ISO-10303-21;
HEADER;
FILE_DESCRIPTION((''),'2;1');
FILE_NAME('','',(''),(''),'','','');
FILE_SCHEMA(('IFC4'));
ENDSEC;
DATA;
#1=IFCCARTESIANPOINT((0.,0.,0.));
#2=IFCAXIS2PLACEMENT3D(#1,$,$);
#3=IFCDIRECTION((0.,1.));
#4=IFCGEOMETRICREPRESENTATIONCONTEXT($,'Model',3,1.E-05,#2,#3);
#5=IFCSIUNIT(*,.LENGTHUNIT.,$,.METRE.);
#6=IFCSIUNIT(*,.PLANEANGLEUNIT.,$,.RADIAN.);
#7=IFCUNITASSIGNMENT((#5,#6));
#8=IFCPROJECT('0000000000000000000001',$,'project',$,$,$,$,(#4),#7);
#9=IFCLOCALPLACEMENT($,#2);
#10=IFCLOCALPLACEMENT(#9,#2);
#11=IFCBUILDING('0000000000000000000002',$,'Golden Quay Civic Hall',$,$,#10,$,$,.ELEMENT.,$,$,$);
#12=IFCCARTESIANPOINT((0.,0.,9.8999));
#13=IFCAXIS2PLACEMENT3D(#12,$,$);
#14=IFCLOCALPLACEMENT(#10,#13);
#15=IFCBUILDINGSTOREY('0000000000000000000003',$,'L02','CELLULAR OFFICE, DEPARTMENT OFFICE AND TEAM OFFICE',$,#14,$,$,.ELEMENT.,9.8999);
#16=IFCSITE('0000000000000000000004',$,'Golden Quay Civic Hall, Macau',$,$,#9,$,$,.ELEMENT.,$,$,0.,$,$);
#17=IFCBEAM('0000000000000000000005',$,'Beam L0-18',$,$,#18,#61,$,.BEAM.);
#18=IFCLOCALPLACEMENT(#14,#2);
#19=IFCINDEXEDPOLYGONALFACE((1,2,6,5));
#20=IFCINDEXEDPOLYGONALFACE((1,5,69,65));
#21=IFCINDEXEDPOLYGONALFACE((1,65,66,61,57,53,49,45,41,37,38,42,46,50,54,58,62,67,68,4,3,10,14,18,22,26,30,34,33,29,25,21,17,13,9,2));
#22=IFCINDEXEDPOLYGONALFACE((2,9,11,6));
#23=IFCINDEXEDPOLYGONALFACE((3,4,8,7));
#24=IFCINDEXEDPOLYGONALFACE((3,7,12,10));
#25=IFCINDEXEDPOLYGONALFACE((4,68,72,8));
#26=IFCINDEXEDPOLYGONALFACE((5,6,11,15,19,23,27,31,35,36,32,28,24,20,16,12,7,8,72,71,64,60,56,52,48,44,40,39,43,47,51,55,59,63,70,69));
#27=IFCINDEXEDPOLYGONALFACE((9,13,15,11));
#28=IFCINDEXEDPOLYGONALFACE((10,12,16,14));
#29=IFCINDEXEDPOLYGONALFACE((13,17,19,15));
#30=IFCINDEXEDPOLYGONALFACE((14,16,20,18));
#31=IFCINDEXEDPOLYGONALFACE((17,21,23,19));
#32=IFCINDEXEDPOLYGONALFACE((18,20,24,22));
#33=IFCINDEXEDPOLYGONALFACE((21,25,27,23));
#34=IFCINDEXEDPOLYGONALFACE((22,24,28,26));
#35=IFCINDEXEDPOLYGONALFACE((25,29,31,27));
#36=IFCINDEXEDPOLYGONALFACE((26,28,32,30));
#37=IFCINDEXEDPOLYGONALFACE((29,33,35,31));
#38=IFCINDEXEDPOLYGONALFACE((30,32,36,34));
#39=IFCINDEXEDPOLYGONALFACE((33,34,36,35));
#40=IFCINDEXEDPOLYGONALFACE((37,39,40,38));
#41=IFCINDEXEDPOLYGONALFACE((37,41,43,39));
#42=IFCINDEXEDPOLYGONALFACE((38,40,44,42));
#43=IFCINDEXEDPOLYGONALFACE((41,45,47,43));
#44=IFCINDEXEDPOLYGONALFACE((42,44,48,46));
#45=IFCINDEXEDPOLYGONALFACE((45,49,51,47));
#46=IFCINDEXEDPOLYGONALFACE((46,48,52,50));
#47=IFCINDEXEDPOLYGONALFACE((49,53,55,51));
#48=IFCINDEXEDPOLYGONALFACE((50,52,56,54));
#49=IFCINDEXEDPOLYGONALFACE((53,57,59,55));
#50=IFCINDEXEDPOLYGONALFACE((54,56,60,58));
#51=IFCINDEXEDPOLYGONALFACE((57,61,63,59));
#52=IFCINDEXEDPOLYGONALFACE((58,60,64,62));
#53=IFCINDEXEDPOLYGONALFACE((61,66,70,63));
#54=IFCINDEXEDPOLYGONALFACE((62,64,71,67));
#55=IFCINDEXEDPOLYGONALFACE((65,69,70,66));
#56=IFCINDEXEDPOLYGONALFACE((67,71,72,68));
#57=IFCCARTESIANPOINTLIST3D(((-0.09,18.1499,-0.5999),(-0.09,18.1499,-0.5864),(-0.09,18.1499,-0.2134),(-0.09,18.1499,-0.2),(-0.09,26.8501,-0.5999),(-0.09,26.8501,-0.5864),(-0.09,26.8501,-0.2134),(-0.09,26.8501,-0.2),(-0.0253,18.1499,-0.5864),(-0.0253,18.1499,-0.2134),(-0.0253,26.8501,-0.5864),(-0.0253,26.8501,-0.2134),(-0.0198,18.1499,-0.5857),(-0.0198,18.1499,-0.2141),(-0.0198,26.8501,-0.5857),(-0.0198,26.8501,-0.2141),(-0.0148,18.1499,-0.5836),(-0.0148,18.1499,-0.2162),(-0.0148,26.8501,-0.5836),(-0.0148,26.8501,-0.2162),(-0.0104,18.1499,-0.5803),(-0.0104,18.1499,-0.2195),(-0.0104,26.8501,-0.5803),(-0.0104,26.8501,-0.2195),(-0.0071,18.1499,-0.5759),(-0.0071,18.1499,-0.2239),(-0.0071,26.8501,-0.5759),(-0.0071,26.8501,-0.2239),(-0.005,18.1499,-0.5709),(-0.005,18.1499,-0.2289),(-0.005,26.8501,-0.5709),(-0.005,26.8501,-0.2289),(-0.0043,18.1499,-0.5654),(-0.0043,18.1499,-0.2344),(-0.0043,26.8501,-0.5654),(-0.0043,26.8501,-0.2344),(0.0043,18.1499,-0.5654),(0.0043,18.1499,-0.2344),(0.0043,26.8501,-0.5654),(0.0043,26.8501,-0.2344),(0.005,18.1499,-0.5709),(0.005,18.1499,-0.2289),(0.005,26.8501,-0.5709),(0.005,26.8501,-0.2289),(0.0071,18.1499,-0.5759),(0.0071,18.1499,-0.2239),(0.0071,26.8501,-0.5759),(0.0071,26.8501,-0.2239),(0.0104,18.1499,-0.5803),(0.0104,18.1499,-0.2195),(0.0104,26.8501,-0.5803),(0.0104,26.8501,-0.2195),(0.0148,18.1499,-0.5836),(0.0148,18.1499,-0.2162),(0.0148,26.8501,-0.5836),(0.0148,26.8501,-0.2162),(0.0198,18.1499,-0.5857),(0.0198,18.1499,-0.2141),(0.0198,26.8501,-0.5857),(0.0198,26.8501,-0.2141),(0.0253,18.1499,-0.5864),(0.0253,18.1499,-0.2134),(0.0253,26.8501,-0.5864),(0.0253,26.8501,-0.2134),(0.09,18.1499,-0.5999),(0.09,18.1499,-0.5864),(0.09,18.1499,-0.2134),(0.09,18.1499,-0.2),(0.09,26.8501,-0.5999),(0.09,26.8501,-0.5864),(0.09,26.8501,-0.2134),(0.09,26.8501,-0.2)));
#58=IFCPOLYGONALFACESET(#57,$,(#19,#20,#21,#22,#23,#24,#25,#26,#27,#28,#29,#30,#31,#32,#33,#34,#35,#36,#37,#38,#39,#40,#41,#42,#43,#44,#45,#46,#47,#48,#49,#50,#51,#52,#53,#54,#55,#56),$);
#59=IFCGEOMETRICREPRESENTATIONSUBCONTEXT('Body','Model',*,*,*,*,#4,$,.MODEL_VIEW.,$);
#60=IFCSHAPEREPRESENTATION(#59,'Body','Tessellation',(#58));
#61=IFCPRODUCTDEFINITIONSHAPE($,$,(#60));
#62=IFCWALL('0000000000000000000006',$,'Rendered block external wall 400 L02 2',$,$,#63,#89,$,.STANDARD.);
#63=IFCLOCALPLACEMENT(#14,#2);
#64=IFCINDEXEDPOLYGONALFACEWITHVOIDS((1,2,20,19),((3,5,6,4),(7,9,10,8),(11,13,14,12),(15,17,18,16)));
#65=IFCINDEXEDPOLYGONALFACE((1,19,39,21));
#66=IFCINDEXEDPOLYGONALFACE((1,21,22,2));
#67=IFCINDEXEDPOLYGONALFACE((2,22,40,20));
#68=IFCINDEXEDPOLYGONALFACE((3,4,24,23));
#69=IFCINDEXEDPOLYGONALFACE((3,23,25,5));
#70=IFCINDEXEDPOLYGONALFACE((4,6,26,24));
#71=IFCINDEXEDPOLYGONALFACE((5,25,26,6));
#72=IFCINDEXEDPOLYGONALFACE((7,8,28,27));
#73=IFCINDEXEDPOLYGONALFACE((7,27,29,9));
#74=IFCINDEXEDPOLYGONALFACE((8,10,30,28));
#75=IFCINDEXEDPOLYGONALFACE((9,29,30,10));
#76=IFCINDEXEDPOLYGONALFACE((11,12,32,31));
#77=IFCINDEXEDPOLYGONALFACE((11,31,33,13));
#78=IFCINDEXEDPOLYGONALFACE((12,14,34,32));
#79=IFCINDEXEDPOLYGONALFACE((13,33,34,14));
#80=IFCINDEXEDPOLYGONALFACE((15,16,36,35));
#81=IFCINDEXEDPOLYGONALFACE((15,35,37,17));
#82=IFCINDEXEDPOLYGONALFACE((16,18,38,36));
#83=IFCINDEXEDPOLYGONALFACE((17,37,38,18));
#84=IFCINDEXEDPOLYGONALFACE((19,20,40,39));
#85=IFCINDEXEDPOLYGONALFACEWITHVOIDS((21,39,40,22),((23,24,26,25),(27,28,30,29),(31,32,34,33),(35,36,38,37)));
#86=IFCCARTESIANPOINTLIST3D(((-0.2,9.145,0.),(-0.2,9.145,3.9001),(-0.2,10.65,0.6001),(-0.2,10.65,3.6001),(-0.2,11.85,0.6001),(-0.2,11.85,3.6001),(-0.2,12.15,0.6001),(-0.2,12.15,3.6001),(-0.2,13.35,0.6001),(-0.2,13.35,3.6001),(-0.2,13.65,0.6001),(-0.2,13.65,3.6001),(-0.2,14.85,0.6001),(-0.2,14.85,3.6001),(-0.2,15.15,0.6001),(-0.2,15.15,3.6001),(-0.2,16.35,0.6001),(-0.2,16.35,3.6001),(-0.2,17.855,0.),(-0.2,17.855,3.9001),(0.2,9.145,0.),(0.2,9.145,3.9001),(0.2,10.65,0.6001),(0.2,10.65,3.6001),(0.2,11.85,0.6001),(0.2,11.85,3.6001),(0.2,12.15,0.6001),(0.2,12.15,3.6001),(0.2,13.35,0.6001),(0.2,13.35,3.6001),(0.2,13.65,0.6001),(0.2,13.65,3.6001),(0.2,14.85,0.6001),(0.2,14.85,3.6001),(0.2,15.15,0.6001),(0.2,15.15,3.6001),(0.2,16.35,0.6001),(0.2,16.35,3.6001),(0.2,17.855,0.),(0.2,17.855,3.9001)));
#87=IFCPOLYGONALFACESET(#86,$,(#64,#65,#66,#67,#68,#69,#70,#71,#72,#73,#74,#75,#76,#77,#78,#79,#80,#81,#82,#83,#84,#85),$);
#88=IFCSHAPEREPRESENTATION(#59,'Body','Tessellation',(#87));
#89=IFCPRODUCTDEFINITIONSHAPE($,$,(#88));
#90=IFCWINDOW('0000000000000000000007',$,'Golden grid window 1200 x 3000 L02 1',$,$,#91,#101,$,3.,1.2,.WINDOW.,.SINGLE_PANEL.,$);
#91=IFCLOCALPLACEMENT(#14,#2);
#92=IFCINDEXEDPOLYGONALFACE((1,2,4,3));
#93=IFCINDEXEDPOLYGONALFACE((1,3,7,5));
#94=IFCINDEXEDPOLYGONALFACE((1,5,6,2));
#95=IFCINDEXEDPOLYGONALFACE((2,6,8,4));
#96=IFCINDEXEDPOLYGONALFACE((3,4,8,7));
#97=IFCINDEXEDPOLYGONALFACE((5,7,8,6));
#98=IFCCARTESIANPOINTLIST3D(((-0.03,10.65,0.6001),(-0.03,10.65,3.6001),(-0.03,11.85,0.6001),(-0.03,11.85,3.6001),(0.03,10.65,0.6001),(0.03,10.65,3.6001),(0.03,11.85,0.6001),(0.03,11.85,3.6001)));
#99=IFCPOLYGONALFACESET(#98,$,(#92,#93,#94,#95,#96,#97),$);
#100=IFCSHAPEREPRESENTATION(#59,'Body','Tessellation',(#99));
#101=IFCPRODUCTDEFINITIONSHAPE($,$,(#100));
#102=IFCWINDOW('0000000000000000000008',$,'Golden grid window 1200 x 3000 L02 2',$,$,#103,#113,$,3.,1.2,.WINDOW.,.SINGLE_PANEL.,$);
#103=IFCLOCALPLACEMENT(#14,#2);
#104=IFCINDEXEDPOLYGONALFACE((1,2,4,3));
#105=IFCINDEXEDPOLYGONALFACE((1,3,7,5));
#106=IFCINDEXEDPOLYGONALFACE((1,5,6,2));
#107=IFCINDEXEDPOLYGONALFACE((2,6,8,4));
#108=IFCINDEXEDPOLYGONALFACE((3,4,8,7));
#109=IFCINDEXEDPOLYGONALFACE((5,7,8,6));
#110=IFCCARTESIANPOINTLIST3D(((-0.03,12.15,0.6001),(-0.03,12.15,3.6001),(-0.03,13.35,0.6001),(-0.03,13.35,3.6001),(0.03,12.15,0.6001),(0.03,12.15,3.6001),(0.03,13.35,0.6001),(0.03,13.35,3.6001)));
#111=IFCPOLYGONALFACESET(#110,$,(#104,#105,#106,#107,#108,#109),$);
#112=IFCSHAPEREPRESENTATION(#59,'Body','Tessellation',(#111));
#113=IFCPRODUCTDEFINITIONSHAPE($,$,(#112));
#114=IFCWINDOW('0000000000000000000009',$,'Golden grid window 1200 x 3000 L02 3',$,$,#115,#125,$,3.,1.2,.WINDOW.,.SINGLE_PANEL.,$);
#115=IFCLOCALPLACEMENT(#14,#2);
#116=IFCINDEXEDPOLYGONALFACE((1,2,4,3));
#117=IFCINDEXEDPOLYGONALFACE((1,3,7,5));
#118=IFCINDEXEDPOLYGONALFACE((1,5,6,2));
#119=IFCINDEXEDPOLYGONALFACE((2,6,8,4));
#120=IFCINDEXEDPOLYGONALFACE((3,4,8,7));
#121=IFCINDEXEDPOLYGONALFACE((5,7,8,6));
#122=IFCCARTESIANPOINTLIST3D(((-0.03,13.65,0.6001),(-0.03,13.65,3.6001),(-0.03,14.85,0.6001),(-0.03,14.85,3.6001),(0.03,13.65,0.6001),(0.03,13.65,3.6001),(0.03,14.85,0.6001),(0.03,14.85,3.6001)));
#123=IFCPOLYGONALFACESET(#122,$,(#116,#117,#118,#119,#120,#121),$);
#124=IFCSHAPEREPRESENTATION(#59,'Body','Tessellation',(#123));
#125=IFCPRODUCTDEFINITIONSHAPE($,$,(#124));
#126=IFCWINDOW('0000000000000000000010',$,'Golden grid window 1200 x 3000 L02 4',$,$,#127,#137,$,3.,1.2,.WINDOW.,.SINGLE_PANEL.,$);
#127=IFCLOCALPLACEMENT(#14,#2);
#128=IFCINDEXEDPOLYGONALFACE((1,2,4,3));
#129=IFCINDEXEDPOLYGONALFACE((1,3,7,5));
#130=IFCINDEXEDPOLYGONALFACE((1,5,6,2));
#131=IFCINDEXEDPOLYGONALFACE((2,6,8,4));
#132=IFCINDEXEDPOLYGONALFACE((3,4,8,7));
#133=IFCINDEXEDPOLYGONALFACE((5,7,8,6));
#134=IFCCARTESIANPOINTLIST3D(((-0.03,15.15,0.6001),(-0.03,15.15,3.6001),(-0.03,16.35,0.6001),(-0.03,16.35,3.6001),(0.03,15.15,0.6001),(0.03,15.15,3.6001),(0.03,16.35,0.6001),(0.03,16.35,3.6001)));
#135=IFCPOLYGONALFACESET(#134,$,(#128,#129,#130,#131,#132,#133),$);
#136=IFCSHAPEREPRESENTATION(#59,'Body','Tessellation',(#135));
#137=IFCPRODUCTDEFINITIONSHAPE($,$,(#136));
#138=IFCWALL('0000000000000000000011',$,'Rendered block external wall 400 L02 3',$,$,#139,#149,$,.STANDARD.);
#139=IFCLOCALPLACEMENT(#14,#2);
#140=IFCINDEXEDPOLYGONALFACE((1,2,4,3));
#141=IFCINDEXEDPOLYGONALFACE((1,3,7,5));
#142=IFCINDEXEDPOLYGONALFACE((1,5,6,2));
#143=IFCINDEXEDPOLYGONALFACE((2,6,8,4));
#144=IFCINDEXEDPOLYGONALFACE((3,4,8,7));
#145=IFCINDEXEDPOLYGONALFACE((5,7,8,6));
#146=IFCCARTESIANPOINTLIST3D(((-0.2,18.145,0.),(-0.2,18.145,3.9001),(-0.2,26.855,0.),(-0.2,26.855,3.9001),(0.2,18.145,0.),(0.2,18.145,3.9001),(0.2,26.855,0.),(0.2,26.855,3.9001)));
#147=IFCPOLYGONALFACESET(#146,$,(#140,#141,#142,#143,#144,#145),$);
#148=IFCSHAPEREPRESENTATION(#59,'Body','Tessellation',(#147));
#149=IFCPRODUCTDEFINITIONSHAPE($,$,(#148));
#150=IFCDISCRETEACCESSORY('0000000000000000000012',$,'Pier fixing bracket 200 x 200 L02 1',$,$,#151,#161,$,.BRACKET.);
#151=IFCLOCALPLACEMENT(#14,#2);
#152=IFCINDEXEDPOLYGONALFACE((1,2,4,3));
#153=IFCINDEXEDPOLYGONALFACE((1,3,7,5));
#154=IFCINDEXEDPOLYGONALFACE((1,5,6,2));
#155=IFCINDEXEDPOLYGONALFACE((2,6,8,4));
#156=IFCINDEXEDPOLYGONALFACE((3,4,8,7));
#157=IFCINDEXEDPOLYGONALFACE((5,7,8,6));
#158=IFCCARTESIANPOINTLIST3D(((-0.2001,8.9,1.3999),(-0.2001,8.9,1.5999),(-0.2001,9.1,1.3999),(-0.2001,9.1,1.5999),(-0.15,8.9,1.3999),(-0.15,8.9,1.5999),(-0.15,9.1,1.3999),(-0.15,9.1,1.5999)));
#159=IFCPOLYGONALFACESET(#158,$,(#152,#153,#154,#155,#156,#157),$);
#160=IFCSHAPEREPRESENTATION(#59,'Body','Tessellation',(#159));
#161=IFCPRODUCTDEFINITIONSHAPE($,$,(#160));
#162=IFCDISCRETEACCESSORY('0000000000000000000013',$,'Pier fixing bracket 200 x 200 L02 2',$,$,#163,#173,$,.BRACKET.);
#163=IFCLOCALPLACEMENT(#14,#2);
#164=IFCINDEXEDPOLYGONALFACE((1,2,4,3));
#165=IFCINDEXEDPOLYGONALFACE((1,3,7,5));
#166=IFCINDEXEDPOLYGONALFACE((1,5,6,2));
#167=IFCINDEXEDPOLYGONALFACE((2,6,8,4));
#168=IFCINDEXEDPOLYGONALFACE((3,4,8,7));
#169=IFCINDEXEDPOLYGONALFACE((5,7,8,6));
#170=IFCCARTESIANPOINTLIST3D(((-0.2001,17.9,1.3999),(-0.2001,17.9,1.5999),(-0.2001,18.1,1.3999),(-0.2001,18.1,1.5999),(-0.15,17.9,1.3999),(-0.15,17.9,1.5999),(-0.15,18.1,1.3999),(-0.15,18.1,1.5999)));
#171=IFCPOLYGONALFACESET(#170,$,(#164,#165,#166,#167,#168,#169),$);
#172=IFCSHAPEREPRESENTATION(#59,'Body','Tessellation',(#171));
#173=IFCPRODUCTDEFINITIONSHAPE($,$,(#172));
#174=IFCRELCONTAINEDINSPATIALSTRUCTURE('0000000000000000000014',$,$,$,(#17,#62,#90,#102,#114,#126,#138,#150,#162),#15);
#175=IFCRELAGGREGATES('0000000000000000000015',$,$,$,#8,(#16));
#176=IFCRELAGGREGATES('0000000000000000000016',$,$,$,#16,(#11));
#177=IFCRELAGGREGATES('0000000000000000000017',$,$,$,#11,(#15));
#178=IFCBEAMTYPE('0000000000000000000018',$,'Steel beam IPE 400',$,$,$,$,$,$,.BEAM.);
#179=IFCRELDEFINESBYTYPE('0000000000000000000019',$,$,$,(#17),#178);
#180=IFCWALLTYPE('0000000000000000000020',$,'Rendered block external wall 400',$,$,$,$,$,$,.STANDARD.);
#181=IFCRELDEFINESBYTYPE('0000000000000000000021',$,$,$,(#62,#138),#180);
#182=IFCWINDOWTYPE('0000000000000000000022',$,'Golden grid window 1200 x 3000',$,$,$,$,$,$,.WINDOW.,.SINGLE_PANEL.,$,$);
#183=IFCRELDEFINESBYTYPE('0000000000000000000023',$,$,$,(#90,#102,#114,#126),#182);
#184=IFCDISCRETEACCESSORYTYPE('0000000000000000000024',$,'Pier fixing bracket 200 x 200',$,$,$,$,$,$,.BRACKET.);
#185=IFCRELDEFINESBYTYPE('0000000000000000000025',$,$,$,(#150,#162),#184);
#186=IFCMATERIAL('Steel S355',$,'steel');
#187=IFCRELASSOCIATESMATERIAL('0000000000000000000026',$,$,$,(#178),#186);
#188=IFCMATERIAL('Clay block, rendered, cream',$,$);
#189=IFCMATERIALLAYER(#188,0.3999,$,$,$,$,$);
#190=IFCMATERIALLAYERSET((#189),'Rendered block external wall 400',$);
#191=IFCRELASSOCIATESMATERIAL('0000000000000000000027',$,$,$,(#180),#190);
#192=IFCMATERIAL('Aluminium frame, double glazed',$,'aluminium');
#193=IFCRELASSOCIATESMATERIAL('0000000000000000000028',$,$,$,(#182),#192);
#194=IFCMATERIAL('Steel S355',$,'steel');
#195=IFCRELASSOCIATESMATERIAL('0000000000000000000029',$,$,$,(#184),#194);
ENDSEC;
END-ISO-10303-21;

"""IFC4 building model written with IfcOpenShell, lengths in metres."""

from ifc_helpers import new_model, si_unit, direction, frame, frame_2d, origin, origin_2d, place, context, subcontext, project, spatial, rectangle, i_section, extrude, material, layer, layer_set, material_profile, profile_set, type_object, element, fill, save


model = new_model("IFC4")

# Units and contexts
model_context = context("Model", 3, precision=1e-05, world=origin(), true_north=direction((0.0, 1.0)))
body_context = subcontext(model_context, "Body", "Model", "MODEL_VIEW")
ifc_project = project(units=[si_unit("LENGTHUNIT", "METRE"), si_unit("PLANEANGLEUNIT", "RADIAN")], contexts=[model_context])

# Site, building, storey
site_placement = place(None, origin())
site = spatial("IfcSite", under=ifc_project, at=site_placement, Name="Golden Quay Civic Hall, Macau", CompositionType="ELEMENT", RefElevation=0.0)
building_placement = place(site_placement, origin())
building = spatial("IfcBuilding", under=site, at=building_placement, Name="Golden Quay Civic Hall", CompositionType="ELEMENT")
storey_placement = place(building_placement, frame((0.0, 0.0, 9.8999)))
storey = spatial("IfcBuildingStorey", under=building, at=storey_placement, Name="L02", Description="CELLULAR OFFICE, DEPARTMENT OFFICE AND TEAM OFFICE", CompositionType="ELEMENT", Elevation=9.8999)

# Beam
ifc_material_1 = material(Name="Steel S355", Category="steel")
ifc_material_profile_1 = material_profile(ifc_material_1, i_section(OverallWidth=0.1799, OverallDepth=0.3999, WebThickness=0.0085, FlangeThickness=0.0134, FilletRadius=0.021, at=origin_2d()), Name="IPE 400")
ifc_profile_set_1 = profile_set([ifc_material_profile_1], Name="Steel S355")
beam_type_1 = type_object("IfcBeamType", Name="Steel beam IPE 400", PredefinedType="BEAM", material=ifc_profile_set_1)
for number, where, z_axis, x_axis, name in (
    (1, (0.0, 18.1499, -0.3999), (0.0, 1.0, 0.0), (-1.0, 0.0, 0.0), "Beam L0-18"),
):
    element("IfcBeam", number, at=place(storey_placement, frame(where, z_axis=z_axis, x_axis=x_axis)), inside=storey, type_object=beam_type_1, Name=name, PredefinedType="BEAM", context=body_context, shape_type="SweptSolid", body=[
        extrude(i_section(OverallWidth=0.1799, OverallDepth=0.3999, WebThickness=0.0085, FlangeThickness=0.0134, FilletRadius=0.021, at=origin_2d()), origin(), (0.0, 0.0, 1.0), 8.7002),
    ])

# Wall, openings, windows
ifc_material_2 = material(Name="Clay block, rendered, cream")
ifc_layer = layer(ifc_material_2, 0.3999)
ifc_layer_set = layer_set([ifc_layer], Name="Rendered block external wall 400")
wall_type = type_object("IfcWallType", Name="Rendered block external wall 400", PredefinedType="STANDARD", material=ifc_layer_set)
wall_1_placement = place(storey_placement, frame((0.0, 9.145, 0.0), z_axis=(0.0, 0.0, 1.0), x_axis=(0.0, 1.0, 0.0)))
wall_1 = element("IfcWall", 2, at=wall_1_placement, inside=storey, type_object=wall_type, Name="Rendered block external wall 400 L02 2", PredefinedType="STANDARD", context=body_context, shape_type="SweptSolid", body=[
    extrude(rectangle(XDim=8.71, YDim=0.3999, at=frame_2d((4.355, 0.0))), origin(), (0.0, 0.0, 1.0), 3.9001),
])
opening_1_placement = place(wall_1_placement, frame((1.5049, 0.0, 0.6001)))
opening_1 = element("IfcOpeningElement", 3, at=opening_1_placement, cuts=wall_1, PredefinedType="OPENING", context=body_context, shape_type="SweptSolid", body=[
    extrude(rectangle(XDim=1.2, YDim=3.0, at=frame_2d((0.6001, 1.5))), frame((0.0, 0.21, 0.0), z_axis=(0.0, -1.0, 0.0), x_axis=(1.0, 0.0, 0.0)), (0.0, 0.0, 1.0), 0.4199),
])
opening_2_placement = place(wall_1_placement, frame((3.0049, 0.0, 0.6001)))
opening_2 = element("IfcOpeningElement", 4, at=opening_2_placement, cuts=wall_1, PredefinedType="OPENING", context=body_context, shape_type="SweptSolid", body=[
    extrude(rectangle(XDim=1.2, YDim=3.0, at=frame_2d((0.6001, 1.5))), frame((0.0, 0.21, 0.0), z_axis=(0.0, -1.0, 0.0), x_axis=(1.0, 0.0, 0.0)), (0.0, 0.0, 1.0), 0.4199),
])
opening_3_placement = place(wall_1_placement, frame((4.5049, 0.0, 0.6001)))
opening_3 = element("IfcOpeningElement", 5, at=opening_3_placement, cuts=wall_1, PredefinedType="OPENING", context=body_context, shape_type="SweptSolid", body=[
    extrude(rectangle(XDim=1.2, YDim=3.0, at=frame_2d((0.6001, 1.5))), frame((0.0, 0.21, 0.0), z_axis=(0.0, -1.0, 0.0), x_axis=(1.0, 0.0, 0.0)), (0.0, 0.0, 1.0), 0.4199),
])
opening_4_placement = place(wall_1_placement, frame((6.0049, 0.0, 0.6001)))
opening_4 = element("IfcOpeningElement", 6, at=opening_4_placement, cuts=wall_1, PredefinedType="OPENING", context=body_context, shape_type="SweptSolid", body=[
    extrude(rectangle(XDim=1.2, YDim=3.0, at=frame_2d((0.6001, 1.5))), frame((0.0, 0.21, 0.0), z_axis=(0.0, -1.0, 0.0), x_axis=(1.0, 0.0, 0.0)), (0.0, 0.0, 1.0), 0.4199),
])
ifc_material_3 = material(Name="Aluminium frame, double glazed", Category="aluminium")
window_type = type_object("IfcWindowType", Name="Golden grid window 1200 x 3000", PartitioningType="SINGLE_PANEL", PredefinedType="WINDOW", material=ifc_material_3)
window_1_placement = place(opening_1_placement, origin())
window_1 = element("IfcWindow", 7, at=window_1_placement, inside=storey, type_object=window_type, Name="Golden grid window 1200 x 3000 L02 1", OverallHeight=3.0, OverallWidth=1.2, PartitioningType="SINGLE_PANEL", PredefinedType="WINDOW", context=body_context, shape_type="SweptSolid", body=[
    extrude(rectangle(XDim=1.2, YDim=3.0, at=frame_2d((0.6001, 1.5))), frame((0.0, 0.03, 0.0), z_axis=(0.0, -1.0, 0.0), x_axis=(1.0, 0.0, 0.0)), (0.0, 0.0, 1.0), 0.0601),
])
fill(opening_1, window_1)
window_2_placement = place(opening_2_placement, origin())
window_2 = element("IfcWindow", 8, at=window_2_placement, inside=storey, type_object=window_type, Name="Golden grid window 1200 x 3000 L02 2", OverallHeight=3.0, OverallWidth=1.2, PartitioningType="SINGLE_PANEL", PredefinedType="WINDOW", context=body_context, shape_type="SweptSolid", body=[
    extrude(rectangle(XDim=1.2, YDim=3.0, at=frame_2d((0.6001, 1.5))), frame((0.0, 0.03, 0.0), z_axis=(0.0, -1.0, 0.0), x_axis=(1.0, 0.0, 0.0)), (0.0, 0.0, 1.0), 0.0601),
])
fill(opening_2, window_2)
window_3_placement = place(opening_3_placement, origin())
window_3 = element("IfcWindow", 9, at=window_3_placement, inside=storey, type_object=window_type, Name="Golden grid window 1200 x 3000 L02 3", OverallHeight=3.0, OverallWidth=1.2, PartitioningType="SINGLE_PANEL", PredefinedType="WINDOW", context=body_context, shape_type="SweptSolid", body=[
    extrude(rectangle(XDim=1.2, YDim=3.0, at=frame_2d((0.6001, 1.5))), frame((0.0, 0.03, 0.0), z_axis=(0.0, -1.0, 0.0), x_axis=(1.0, 0.0, 0.0)), (0.0, 0.0, 1.0), 0.0601),
])
fill(opening_3, window_3)
window_4_placement = place(opening_4_placement, origin())
window_4 = element("IfcWindow", 10, at=window_4_placement, inside=storey, type_object=window_type, Name="Golden grid window 1200 x 3000 L02 4", OverallHeight=3.0, OverallWidth=1.2, PartitioningType="SINGLE_PANEL", PredefinedType="WINDOW", context=body_context, shape_type="SweptSolid", body=[
    extrude(rectangle(XDim=1.2, YDim=3.0, at=frame_2d((0.6001, 1.5))), frame((0.0, 0.03, 0.0), z_axis=(0.0, -1.0, 0.0), x_axis=(1.0, 0.0, 0.0)), (0.0, 0.0, 1.0), 0.0601),
])
fill(opening_4, window_4)

# Wall
wall_2_placement = place(storey_placement, frame((0.0, 18.145, 0.0), z_axis=(0.0, 0.0, 1.0), x_axis=(0.0, 1.0, 0.0)))
element("IfcWall", 11, at=wall_2_placement, inside=storey, type_object=wall_type, Name="Rendered block external wall 400 L02 3", PredefinedType="STANDARD", context=body_context, shape_type="SweptSolid", body=[
    extrude(rectangle(XDim=8.71, YDim=0.3999, at=frame_2d((4.355, 0.0))), origin(), (0.0, 0.0, 1.0), 3.9001),
])

# Discrete accessories
ifc_material_4 = material(Name="Steel S355", Category="steel")
discrete_accessory_type = type_object("IfcDiscreteAccessoryType", Name="Pier fixing bracket 200 x 200", PredefinedType="BRACKET", material=ifc_material_4)
for number, where, z_axis, x_axis, name in (
    (12, (-0.175, 9.0, 1.3999), (0.0, 0.0, 1.0), (0.0, -1.0, 0.0), "Pier fixing bracket 200 x 200 L02 1"),
    (13, (-0.175, 18.0, 1.3999), (0.0, 0.0, 1.0), (0.0, -1.0, 0.0), "Pier fixing bracket 200 x 200 L02 2"),
):
    element("IfcDiscreteAccessory", number, at=place(storey_placement, frame(where, z_axis=z_axis, x_axis=x_axis)), inside=storey, type_object=discrete_accessory_type, Name=name, PredefinedType="BRACKET", context=body_context, shape_type="SweptSolid", body=[
        extrude(rectangle(XDim=0.2, YDim=0.05, at=origin_2d()), origin(), (0.0, 0.0, 1.0), 0.2),
    ])

save(model, "model.ifc")
